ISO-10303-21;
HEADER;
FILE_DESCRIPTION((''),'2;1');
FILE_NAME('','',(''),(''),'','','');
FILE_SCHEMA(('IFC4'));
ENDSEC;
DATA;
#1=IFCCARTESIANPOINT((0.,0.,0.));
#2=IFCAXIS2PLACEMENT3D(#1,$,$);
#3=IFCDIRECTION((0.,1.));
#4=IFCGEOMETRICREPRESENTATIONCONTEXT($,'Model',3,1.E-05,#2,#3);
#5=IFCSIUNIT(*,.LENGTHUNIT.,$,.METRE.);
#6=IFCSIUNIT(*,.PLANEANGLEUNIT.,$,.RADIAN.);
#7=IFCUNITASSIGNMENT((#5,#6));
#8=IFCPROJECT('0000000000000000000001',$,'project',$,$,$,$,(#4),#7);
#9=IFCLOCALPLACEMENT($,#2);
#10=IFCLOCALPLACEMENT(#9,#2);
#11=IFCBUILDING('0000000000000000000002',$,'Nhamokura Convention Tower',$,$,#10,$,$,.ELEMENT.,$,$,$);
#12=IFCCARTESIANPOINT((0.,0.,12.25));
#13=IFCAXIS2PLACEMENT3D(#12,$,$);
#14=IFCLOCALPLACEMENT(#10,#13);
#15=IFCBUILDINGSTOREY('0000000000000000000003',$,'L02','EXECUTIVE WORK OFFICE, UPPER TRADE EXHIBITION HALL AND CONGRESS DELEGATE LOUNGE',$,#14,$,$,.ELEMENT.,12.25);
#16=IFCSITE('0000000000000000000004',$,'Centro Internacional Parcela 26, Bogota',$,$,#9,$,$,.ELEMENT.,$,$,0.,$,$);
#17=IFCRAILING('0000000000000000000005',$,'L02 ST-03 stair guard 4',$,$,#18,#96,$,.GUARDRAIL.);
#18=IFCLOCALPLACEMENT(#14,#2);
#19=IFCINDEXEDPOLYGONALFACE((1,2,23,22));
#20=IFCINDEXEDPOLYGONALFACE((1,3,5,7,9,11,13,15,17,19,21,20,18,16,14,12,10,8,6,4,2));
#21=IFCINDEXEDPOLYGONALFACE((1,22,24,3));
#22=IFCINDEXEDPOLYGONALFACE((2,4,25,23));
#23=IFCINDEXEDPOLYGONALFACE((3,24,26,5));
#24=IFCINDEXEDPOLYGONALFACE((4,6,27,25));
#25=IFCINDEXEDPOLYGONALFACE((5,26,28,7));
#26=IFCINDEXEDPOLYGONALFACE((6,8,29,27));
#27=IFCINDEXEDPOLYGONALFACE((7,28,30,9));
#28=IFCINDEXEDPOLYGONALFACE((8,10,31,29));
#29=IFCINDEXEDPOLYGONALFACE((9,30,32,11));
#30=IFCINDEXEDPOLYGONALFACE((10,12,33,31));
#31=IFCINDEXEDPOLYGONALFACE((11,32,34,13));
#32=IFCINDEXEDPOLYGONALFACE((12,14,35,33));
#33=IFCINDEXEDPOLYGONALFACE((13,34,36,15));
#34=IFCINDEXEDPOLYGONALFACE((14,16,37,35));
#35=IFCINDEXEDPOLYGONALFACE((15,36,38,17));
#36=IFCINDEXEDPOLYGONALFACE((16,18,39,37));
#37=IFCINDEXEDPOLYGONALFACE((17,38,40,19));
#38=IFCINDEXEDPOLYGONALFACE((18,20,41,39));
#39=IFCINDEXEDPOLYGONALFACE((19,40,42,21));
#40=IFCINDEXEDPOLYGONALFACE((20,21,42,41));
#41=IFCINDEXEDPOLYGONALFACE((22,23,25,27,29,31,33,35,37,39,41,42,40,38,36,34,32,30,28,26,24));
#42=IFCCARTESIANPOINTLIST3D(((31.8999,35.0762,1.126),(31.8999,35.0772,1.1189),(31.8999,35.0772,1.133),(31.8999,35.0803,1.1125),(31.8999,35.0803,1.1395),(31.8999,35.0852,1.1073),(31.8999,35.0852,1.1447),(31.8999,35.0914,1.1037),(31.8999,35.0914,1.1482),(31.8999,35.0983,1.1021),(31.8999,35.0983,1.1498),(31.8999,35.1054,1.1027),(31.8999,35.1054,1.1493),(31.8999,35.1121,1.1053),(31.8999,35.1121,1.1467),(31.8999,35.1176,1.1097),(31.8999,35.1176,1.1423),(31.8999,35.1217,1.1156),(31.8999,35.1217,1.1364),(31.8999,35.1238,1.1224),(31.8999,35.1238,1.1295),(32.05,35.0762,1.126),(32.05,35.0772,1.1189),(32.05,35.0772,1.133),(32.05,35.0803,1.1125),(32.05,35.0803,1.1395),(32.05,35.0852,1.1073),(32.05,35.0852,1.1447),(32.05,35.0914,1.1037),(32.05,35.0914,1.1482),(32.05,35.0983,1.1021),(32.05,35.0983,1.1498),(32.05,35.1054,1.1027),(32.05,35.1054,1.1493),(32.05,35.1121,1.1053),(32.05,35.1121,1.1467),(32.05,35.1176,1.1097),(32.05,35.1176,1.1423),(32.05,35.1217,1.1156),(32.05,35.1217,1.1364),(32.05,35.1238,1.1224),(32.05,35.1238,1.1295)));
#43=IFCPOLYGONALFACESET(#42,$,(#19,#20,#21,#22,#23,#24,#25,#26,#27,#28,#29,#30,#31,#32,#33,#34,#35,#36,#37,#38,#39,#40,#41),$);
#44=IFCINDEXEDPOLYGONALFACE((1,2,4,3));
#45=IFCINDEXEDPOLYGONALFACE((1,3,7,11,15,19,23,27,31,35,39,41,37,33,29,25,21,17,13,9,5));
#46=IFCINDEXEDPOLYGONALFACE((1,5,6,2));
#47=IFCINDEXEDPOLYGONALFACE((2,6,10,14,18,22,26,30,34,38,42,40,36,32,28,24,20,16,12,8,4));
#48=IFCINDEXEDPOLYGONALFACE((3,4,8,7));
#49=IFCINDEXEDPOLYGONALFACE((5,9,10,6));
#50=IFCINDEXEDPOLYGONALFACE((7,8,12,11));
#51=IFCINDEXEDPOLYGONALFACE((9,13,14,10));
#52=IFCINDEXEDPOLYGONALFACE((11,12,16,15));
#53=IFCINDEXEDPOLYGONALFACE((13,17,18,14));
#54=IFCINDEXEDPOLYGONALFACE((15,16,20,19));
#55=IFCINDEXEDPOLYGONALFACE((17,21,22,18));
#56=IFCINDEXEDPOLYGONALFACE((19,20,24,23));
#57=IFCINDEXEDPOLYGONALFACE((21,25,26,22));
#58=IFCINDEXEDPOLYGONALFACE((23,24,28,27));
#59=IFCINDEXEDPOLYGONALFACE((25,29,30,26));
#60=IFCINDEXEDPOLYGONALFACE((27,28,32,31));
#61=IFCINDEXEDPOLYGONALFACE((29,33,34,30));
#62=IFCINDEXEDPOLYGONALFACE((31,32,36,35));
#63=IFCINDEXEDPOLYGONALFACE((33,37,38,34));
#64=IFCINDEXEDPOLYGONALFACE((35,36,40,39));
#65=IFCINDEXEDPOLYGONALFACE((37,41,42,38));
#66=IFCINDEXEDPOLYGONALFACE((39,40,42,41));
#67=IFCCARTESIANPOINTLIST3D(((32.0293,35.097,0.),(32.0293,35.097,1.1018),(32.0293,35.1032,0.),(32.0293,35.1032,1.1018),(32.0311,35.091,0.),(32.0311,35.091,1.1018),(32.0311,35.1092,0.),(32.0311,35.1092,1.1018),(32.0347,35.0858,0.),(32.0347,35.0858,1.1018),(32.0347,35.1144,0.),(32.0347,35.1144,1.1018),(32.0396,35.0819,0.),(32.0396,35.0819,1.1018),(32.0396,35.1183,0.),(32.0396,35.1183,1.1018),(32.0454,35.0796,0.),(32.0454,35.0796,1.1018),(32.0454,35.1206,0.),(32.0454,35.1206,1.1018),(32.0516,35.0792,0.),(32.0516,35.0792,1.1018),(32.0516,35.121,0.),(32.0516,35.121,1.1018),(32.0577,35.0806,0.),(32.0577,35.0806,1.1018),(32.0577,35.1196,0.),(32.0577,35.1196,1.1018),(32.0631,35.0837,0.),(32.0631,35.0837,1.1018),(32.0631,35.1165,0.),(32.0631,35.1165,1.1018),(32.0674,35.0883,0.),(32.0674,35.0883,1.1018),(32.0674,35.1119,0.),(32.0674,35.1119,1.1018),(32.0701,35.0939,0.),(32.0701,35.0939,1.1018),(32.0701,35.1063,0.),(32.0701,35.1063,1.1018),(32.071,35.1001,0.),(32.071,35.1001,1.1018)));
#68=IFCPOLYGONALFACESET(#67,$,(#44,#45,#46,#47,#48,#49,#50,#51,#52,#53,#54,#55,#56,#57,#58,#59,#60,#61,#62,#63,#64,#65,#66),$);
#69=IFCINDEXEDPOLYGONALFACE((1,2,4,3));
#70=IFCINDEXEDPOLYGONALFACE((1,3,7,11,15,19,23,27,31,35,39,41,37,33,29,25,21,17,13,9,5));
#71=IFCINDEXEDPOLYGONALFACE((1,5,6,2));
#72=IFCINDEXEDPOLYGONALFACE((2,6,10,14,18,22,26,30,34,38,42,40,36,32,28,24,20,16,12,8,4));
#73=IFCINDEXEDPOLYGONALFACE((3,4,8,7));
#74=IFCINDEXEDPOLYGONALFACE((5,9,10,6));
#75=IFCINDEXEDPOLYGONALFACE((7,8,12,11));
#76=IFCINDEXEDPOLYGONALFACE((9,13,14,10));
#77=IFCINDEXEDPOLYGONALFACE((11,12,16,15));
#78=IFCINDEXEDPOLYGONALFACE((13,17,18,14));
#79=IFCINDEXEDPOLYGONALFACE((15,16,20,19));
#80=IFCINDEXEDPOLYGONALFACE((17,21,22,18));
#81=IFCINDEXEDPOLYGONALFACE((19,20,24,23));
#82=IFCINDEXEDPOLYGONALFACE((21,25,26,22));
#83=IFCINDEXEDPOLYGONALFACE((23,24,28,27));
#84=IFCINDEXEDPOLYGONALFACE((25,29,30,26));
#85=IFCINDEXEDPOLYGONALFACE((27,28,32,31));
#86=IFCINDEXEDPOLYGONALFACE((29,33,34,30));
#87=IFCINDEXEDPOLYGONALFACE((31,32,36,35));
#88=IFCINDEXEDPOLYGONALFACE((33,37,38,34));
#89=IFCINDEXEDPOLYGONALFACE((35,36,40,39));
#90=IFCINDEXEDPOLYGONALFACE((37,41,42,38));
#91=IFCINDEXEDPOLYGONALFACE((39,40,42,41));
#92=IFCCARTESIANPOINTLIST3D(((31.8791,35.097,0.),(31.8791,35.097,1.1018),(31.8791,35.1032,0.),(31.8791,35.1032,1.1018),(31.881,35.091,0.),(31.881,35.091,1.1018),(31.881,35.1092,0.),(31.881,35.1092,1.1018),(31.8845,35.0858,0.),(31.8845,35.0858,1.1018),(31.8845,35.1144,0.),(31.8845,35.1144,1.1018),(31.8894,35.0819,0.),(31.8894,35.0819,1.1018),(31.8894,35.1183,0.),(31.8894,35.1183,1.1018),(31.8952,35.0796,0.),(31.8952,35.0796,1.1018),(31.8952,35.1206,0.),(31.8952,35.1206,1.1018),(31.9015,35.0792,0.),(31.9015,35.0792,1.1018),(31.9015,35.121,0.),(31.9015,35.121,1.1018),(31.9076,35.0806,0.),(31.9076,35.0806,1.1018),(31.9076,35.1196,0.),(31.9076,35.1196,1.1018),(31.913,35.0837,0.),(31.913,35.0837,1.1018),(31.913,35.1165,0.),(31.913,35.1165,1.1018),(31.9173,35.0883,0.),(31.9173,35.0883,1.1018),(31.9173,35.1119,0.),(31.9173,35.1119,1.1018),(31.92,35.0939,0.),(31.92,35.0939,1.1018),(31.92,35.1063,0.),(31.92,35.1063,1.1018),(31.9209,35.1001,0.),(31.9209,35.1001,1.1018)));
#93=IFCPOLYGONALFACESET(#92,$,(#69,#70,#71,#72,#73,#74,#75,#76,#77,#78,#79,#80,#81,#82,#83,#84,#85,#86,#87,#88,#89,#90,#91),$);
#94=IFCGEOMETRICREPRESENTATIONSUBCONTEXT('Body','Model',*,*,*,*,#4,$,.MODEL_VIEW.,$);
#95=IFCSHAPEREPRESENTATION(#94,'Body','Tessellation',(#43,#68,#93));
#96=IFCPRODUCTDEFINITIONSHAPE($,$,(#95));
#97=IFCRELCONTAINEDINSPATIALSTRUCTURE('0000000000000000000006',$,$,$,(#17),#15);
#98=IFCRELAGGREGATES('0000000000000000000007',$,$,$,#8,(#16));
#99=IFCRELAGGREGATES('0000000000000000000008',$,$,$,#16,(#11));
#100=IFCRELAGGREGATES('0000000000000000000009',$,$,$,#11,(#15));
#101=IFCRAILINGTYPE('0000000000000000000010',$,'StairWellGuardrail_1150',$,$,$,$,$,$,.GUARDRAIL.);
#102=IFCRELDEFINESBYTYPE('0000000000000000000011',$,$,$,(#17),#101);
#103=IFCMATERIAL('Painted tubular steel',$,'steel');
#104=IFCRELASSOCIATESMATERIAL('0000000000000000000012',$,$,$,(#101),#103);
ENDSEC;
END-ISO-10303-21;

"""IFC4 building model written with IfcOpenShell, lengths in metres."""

from ifc_helpers import new_model, si_unit, direction, frame, origin, origin_2d, place, context, subcontext, project, spatial, circle, extrude, material, type_object, element, save


model = new_model("IFC4")

# Units and contexts
model_context = context("Model", 3, precision=1e-05, world=origin(), true_north=direction((0.0, 1.0)))
body_context = subcontext(model_context, "Body", "Model", "MODEL_VIEW")
ifc_project = project(units=[si_unit("LENGTHUNIT", "METRE"), si_unit("PLANEANGLEUNIT", "RADIAN")], contexts=[model_context])

# Site, building, storey
site_placement = place(None, origin())
site = spatial("IfcSite", under=ifc_project, at=site_placement, Name="Centro Internacional Parcela 26, Bogota", CompositionType="ELEMENT", RefElevation=0.0)
building_placement = place(site_placement, origin())
building = spatial("IfcBuilding", under=site, at=building_placement, Name="Nhamokura Convention Tower", CompositionType="ELEMENT")
storey_placement = place(building_placement, frame((0.0, 0.0, 12.25)))
storey = spatial("IfcBuildingStorey", under=building, at=storey_placement, Name="L02", Description="EXECUTIVE WORK OFFICE, UPPER TRADE EXHIBITION HALL AND CONGRESS DELEGATE LOUNGE", CompositionType="ELEMENT", Elevation=12.25)

# Railing
ifc_material_1 = material(Name="Painted tubular steel", Category="steel")
railing_type_1 = type_object("IfcRailingType", Name="StairWellGuardrail_1150", PredefinedType="GUARDRAIL", material=ifc_material_1)
railing_1_placement = place(storey_placement, frame((32.05, 35.1001, 0.0)))
element("IfcRailing", 1, at=railing_1_placement, inside=storey, type_object=railing_type_1, Name="L02 ST-03 stair guard 4", PredefinedType="GUARDRAIL", context=body_context, shape_type="SweptSolid", body=[
    extrude(circle(Radius=0.0239, at=origin_2d()), frame((0.0, 0.0, 1.126), z_axis=(-1.0, 0.0, 0.0), x_axis=(0.0, -1.0, 0.0)), (0.0, 0.0, 1.0), 0.1501),
    extrude(circle(Radius=0.021, at=origin_2d()), origin(), (0.0, 0.0, 1.0), 1.1018),
    extrude(circle(Radius=0.021, at=origin_2d()), frame((-0.1501, 0.0, 0.0)), (0.0, 0.0, 1.0), 1.1018),
])

save(model, "model.ifc")
